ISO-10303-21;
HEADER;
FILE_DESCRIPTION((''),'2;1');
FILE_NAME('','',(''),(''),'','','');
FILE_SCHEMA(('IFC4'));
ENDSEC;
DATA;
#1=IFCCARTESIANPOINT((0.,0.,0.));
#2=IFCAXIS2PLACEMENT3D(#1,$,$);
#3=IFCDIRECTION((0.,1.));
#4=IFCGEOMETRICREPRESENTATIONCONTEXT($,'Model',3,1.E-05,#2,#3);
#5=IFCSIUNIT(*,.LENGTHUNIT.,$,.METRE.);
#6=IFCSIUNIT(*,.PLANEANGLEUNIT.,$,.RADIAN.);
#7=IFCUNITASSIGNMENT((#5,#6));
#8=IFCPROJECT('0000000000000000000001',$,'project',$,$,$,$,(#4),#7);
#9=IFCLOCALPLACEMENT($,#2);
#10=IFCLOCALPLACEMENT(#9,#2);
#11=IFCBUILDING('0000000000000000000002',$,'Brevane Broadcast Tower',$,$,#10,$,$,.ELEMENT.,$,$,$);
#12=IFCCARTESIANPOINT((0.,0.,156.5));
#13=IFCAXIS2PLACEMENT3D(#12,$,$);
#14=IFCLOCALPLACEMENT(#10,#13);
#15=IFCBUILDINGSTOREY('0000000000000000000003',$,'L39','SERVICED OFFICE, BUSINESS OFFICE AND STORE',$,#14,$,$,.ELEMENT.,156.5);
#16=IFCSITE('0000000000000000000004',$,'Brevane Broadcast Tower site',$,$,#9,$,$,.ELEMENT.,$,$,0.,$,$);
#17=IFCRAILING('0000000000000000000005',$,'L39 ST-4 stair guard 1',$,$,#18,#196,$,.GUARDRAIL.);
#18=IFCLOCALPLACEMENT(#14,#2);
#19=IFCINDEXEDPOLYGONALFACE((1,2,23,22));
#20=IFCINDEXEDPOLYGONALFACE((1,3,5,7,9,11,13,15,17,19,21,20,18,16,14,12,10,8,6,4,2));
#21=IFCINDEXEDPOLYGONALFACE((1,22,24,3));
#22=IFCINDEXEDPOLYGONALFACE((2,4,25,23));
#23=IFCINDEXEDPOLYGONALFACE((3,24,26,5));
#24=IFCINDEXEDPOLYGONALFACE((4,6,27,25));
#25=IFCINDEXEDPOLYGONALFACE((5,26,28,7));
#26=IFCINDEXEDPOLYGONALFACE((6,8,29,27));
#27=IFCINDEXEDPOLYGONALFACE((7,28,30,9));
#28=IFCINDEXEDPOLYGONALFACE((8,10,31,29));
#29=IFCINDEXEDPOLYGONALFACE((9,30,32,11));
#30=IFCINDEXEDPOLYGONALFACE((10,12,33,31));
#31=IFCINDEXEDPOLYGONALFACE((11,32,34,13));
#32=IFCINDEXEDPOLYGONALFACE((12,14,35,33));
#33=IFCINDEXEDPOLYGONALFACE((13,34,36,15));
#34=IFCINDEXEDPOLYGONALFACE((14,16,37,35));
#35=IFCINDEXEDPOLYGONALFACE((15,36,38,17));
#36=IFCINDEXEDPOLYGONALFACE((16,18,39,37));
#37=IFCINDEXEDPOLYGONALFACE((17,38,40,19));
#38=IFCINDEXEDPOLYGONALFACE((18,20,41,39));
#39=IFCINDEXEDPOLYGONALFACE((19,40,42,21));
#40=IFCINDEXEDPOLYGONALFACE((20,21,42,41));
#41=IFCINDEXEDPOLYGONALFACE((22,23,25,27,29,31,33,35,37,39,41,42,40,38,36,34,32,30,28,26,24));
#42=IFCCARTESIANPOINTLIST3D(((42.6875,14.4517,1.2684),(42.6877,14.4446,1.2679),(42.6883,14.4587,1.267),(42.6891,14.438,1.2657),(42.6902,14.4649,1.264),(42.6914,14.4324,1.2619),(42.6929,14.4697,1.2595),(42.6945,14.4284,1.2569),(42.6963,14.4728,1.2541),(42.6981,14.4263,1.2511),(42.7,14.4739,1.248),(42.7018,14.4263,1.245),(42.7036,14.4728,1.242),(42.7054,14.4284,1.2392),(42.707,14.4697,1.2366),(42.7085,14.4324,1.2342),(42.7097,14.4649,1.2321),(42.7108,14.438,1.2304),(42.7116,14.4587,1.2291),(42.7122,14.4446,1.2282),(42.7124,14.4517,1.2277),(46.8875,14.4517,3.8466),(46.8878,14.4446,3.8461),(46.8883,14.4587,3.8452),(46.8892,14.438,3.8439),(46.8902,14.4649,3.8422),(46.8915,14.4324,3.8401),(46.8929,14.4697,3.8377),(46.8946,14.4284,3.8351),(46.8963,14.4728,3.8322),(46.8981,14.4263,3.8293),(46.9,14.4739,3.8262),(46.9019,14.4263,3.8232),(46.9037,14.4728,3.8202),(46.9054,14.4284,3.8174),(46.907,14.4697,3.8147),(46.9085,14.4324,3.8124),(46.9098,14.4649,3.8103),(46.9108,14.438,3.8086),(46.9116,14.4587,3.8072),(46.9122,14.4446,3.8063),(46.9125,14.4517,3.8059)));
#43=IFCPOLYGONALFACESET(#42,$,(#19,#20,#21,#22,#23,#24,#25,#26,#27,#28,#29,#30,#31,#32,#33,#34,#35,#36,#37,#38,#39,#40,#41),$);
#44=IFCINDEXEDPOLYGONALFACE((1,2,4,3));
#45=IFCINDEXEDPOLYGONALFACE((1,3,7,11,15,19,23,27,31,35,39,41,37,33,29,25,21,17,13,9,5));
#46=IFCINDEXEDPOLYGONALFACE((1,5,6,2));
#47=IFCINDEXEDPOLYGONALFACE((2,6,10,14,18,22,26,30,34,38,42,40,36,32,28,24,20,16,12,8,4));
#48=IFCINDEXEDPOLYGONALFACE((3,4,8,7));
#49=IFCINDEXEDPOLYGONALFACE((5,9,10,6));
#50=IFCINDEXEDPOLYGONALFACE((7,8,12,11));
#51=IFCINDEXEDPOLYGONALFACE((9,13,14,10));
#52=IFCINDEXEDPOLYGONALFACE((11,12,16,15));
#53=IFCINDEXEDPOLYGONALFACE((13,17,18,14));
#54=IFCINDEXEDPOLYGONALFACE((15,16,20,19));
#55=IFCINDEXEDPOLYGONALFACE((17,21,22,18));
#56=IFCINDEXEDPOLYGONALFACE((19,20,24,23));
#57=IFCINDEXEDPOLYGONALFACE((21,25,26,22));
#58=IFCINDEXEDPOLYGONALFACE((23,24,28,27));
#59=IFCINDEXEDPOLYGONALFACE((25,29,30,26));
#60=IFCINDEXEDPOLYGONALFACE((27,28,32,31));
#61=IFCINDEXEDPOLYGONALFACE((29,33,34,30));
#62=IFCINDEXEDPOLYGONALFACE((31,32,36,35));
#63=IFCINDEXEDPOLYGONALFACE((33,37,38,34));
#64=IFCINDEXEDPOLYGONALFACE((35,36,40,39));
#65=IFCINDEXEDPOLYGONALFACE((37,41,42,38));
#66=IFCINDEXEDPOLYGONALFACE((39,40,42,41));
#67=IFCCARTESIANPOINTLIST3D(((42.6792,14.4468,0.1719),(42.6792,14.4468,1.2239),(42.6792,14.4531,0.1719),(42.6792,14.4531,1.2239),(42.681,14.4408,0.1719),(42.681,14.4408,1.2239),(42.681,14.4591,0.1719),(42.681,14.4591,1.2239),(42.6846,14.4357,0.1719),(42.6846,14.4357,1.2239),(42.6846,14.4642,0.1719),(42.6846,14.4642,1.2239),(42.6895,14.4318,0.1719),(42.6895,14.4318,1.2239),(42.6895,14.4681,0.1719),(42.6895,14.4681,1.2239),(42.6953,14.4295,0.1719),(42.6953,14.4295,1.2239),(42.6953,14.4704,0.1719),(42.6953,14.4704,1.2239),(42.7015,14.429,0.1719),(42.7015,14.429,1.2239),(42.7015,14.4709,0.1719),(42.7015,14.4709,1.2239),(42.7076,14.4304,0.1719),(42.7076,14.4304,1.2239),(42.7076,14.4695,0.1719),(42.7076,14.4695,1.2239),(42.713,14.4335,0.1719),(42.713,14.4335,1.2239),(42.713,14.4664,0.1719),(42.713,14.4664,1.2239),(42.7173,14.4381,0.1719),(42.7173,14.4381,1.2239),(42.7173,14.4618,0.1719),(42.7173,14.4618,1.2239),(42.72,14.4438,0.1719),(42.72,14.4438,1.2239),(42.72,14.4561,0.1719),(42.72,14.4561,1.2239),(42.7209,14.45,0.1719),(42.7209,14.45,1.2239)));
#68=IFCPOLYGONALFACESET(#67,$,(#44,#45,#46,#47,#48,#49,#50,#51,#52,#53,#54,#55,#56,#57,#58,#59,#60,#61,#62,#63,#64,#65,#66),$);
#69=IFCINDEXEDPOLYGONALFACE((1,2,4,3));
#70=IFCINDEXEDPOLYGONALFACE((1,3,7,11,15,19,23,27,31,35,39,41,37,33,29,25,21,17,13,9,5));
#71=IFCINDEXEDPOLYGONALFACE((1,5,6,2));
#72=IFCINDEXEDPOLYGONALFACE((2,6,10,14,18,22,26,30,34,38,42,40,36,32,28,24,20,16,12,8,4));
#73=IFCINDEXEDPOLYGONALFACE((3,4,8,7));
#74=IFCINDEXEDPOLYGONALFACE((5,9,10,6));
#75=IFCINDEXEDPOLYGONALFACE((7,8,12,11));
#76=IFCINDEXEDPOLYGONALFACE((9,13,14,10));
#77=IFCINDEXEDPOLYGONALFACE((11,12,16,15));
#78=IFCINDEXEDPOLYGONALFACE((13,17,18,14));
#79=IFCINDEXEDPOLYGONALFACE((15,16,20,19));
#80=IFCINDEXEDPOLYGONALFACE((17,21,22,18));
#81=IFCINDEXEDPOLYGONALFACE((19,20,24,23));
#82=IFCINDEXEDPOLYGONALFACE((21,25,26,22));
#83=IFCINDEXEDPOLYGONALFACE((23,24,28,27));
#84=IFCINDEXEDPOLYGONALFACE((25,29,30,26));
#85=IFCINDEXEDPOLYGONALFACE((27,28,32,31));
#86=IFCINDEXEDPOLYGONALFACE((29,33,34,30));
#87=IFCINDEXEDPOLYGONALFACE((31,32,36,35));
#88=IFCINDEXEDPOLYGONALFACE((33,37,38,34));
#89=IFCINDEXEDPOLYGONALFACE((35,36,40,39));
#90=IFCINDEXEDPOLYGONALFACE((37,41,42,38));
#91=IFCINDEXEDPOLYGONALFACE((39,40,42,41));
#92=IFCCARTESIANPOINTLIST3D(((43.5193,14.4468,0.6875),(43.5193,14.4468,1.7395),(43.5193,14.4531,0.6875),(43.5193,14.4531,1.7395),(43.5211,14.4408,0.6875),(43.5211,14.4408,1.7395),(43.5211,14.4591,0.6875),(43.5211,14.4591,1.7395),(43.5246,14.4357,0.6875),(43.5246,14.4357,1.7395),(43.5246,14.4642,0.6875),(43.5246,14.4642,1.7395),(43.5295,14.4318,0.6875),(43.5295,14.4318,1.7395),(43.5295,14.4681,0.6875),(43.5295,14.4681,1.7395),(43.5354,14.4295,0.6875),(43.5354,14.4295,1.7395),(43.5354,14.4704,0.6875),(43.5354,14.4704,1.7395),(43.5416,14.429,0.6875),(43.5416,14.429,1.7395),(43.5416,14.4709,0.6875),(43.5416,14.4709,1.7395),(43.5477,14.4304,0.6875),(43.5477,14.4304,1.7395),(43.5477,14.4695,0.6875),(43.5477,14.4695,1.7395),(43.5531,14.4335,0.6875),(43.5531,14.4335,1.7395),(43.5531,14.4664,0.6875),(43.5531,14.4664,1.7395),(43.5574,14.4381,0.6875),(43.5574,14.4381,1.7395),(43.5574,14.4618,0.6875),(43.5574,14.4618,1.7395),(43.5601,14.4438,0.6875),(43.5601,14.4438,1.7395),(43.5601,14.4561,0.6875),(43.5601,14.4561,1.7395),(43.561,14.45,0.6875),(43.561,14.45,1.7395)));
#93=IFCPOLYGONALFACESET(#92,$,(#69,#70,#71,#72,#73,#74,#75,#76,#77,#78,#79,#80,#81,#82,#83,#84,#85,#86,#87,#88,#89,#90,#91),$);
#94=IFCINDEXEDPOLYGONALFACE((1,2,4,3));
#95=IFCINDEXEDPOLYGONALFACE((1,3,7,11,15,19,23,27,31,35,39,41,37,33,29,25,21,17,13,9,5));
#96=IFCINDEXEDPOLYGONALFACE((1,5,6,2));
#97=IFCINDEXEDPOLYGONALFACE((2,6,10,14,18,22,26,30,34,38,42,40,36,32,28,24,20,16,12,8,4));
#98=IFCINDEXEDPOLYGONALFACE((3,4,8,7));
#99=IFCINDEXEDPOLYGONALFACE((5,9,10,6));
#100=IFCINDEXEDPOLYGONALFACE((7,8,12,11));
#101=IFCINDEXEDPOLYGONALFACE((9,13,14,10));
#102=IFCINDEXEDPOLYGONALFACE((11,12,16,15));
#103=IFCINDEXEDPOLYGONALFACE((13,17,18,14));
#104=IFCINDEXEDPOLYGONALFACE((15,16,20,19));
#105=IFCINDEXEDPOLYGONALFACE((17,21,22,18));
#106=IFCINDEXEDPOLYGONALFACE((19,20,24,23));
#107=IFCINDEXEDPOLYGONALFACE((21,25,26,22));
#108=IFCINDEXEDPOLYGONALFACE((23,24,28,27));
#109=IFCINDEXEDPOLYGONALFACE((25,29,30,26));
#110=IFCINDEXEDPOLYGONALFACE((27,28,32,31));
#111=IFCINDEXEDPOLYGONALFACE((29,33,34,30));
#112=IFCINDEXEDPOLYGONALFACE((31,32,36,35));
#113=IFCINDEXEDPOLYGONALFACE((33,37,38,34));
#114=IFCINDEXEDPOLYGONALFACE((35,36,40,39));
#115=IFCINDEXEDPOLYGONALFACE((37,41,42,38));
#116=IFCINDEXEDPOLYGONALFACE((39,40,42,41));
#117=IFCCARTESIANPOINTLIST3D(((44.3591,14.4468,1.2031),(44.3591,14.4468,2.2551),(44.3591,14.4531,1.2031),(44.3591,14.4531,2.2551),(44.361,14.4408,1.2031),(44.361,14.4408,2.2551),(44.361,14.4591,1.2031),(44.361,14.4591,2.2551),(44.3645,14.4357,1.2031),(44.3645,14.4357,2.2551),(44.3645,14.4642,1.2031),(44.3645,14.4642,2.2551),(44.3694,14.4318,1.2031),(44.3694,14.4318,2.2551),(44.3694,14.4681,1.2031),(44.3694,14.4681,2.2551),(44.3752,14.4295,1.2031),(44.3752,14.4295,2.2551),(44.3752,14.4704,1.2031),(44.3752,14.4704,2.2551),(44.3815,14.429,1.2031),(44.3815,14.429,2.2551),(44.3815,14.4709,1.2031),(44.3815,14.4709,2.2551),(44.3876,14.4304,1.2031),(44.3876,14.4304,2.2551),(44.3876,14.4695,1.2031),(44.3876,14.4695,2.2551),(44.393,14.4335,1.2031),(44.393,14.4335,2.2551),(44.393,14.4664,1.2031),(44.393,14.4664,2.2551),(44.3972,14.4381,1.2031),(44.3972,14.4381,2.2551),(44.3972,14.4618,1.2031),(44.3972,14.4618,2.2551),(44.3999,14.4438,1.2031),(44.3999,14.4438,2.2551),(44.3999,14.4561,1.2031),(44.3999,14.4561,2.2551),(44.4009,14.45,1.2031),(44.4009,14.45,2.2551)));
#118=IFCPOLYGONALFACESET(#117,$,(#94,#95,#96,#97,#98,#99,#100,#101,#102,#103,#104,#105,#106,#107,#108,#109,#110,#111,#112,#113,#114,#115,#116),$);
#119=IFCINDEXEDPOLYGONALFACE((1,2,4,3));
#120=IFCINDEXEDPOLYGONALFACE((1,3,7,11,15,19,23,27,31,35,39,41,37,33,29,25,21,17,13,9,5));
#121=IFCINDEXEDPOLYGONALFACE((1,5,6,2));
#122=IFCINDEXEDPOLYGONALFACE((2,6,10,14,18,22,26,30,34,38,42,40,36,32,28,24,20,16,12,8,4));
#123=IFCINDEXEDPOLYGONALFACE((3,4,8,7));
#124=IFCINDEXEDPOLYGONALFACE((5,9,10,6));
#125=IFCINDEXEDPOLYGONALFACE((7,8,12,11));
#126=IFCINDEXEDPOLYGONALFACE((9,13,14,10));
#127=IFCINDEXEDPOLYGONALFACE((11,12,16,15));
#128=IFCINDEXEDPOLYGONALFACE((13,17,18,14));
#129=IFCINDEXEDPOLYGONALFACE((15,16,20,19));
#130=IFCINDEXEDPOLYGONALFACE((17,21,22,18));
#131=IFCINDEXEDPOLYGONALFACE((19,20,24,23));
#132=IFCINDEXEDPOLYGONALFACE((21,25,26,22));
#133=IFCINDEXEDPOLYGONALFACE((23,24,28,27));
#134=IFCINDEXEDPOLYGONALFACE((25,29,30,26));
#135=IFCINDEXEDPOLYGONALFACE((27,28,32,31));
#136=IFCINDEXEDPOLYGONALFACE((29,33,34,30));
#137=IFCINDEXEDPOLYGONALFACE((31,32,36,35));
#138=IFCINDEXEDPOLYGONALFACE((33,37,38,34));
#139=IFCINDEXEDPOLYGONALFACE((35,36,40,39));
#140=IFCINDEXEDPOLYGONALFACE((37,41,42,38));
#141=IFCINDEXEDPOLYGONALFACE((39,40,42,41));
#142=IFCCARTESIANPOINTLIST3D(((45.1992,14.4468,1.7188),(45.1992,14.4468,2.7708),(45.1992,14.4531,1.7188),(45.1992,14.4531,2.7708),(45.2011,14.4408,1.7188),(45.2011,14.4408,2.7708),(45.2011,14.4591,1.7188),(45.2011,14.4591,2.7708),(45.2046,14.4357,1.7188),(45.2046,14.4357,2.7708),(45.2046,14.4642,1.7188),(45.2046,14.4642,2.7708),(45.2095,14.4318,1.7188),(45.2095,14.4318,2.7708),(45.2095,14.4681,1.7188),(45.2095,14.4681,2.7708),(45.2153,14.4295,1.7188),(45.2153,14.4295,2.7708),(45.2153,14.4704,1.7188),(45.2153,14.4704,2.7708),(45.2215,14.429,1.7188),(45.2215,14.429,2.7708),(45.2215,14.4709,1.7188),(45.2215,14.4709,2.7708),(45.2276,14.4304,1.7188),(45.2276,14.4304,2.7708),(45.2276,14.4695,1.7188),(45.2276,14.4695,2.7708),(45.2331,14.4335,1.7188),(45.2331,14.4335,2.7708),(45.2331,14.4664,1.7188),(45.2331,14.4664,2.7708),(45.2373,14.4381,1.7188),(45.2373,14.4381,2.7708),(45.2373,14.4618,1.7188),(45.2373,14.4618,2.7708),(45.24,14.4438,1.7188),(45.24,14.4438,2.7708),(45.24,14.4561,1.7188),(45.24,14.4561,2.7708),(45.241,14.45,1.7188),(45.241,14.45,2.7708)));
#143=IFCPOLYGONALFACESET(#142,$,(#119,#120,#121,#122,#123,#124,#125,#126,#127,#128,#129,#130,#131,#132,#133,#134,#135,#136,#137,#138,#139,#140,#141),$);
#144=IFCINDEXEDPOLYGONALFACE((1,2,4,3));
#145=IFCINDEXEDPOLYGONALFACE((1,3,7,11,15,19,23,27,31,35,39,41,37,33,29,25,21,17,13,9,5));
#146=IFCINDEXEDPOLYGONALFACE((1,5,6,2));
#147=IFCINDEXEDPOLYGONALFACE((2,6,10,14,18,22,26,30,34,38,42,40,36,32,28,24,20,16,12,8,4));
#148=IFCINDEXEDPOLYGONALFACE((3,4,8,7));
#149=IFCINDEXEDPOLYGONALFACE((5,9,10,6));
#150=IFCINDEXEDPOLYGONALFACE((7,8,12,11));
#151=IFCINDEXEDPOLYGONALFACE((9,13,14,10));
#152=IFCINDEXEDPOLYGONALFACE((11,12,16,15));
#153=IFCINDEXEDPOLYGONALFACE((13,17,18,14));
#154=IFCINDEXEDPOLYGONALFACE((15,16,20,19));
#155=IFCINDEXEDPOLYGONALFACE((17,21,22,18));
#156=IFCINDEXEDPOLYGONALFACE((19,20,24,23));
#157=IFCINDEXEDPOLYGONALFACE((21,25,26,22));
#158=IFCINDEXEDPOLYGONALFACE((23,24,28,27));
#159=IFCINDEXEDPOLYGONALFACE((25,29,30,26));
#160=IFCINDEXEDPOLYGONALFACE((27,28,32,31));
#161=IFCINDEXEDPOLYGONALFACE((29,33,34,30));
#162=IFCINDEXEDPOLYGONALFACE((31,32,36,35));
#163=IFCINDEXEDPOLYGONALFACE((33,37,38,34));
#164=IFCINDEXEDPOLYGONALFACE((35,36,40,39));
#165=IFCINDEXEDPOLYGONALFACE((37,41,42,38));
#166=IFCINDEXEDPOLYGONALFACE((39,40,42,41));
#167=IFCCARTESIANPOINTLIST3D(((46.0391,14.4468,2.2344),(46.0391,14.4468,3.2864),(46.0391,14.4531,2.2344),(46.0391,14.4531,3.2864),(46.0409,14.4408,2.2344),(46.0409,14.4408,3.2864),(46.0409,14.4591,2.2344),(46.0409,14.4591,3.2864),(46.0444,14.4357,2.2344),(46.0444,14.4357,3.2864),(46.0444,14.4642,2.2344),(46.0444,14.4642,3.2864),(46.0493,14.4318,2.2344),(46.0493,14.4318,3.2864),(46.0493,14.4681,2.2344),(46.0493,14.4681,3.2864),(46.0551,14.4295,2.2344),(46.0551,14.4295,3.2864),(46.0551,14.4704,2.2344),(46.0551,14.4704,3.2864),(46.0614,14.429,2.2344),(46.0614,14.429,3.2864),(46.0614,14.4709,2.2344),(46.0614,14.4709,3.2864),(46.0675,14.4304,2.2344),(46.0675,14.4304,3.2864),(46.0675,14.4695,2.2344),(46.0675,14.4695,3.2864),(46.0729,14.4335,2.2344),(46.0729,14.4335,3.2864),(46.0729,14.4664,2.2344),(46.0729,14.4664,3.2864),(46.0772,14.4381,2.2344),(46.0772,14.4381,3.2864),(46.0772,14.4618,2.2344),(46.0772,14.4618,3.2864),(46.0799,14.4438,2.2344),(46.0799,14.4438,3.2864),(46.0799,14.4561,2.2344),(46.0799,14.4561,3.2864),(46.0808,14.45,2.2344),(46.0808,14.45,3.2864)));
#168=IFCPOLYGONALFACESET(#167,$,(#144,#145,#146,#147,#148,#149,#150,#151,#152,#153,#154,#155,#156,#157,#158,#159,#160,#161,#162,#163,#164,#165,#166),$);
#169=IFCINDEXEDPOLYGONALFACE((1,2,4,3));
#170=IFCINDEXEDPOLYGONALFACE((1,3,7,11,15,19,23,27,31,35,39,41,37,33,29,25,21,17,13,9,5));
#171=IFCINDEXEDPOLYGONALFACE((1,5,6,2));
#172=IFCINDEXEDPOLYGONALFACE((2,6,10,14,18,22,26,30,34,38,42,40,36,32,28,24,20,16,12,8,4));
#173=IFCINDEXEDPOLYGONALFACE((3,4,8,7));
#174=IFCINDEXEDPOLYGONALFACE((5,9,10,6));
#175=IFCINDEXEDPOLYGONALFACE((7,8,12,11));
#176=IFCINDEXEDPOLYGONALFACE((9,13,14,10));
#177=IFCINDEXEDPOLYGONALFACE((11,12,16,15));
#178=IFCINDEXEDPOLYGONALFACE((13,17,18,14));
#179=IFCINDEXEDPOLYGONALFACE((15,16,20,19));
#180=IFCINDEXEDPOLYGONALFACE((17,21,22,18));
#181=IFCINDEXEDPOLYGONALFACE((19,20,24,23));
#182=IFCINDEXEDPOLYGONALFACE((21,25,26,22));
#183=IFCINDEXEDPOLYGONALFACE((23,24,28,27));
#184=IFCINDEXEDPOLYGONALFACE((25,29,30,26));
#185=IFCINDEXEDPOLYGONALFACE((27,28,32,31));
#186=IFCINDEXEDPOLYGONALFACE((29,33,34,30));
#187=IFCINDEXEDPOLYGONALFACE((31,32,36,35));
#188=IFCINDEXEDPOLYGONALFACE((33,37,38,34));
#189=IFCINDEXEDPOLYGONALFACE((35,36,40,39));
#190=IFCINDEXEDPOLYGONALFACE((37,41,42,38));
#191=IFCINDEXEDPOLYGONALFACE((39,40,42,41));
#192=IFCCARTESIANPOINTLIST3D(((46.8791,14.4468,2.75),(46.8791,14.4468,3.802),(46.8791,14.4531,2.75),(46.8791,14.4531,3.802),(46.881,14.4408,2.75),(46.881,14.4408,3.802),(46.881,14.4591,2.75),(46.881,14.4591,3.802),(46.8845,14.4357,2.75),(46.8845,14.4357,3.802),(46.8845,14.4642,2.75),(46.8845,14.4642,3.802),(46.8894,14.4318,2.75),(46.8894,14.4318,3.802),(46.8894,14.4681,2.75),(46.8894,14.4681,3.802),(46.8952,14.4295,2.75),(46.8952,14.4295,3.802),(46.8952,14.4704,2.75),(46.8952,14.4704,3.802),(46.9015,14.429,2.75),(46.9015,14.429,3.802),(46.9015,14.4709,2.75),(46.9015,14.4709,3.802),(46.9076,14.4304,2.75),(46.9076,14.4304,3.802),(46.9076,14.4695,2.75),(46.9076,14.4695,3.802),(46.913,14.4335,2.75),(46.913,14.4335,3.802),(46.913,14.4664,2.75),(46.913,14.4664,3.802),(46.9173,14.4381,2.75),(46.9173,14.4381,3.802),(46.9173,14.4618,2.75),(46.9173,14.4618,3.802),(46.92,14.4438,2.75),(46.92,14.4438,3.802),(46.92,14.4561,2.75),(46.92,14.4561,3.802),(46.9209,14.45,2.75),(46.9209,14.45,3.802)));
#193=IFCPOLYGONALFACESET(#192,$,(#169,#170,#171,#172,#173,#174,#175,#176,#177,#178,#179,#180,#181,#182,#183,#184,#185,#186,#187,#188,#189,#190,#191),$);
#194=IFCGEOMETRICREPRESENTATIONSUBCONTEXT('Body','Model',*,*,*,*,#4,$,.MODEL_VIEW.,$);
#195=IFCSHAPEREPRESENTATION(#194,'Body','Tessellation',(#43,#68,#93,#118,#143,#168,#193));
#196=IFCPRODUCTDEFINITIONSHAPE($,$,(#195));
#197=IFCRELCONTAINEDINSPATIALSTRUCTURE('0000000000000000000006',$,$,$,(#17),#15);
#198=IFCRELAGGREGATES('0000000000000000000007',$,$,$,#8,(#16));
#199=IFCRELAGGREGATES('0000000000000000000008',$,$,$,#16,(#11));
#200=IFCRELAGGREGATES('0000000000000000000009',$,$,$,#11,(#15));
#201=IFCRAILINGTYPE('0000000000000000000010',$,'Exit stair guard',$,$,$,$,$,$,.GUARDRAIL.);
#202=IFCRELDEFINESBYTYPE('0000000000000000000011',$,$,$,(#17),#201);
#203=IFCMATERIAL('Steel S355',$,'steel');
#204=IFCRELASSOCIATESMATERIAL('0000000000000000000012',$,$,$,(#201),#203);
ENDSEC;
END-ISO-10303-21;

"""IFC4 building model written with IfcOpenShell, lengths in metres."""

from ifc_helpers import new_model, si_unit, direction, frame, origin, origin_2d, place, context, subcontext, project, spatial, circle, extrude, material, type_object, element, save


model = new_model("IFC4")

# Units and contexts
model_context = context("Model", 3, precision=1e-05, world=origin(), true_north=direction((0.0, 1.0)))
body_context = subcontext(model_context, "Body", "Model", "MODEL_VIEW")
ifc_project = project(units=[si_unit("LENGTHUNIT", "METRE"), si_unit("PLANEANGLEUNIT", "RADIAN")], contexts=[model_context])

# Site, building, storey
site_placement = place(None, origin())
site = spatial("IfcSite", under=ifc_project, at=site_placement, Name="Brevane Broadcast Tower site", CompositionType="ELEMENT", RefElevation=0.0)
building_placement = place(site_placement, origin())
building = spatial("IfcBuilding", under=site, at=building_placement, Name="Brevane Broadcast Tower", CompositionType="ELEMENT")
storey_placement = place(building_placement, frame((0.0, 0.0, 156.5)))
storey = spatial("IfcBuildingStorey", under=building, at=storey_placement, Name="L39", Description="SERVICED OFFICE, BUSINESS OFFICE AND STORE", CompositionType="ELEMENT", Elevation=156.5)

# Railing
ifc_material_1 = material(Name="Steel S355", Category="steel")
railing_type_1 = type_object("IfcRailingType", Name="Exit stair guard", PredefinedType="GUARDRAIL", material=ifc_material_1)
railing_1_placement = place(storey_placement, frame((42.7, 14.45, 0.1719)))
element("IfcRailing", 1, at=railing_1_placement, inside=storey, type_object=railing_type_1, Name="L39 ST-4 stair guard 1", PredefinedType="GUARDRAIL", context=body_context, shape_type="SweptSolid", body=[
    extrude(circle(Radius=0.0239, at=origin_2d()), frame((0.0, 0.0, 1.0762), z_axis=(0.852243, 0.0, 0.523146), x_axis=(0.0, 1.0, 0.0)), (0.0, 0.0, 1.0), 4.9282),
    extrude(circle(Radius=0.021, at=origin_2d()), origin(), (0.0, 0.0, 1.0), 1.052),
    extrude(circle(Radius=0.021, at=origin_2d()), frame((0.8401, 0.0, 0.5156)), (0.0, 0.0, 1.0), 1.052),
    extrude(circle(Radius=0.021, at=origin_2d()), frame((1.6799, 0.0, 1.0312)), (0.0, 0.0, 1.0), 1.052),
    extrude(circle(Radius=0.021, at=origin_2d()), frame((2.52, 0.0, 1.5469)), (0.0, 0.0, 1.0), 1.052),
    extrude(circle(Radius=0.021, at=origin_2d()), frame((3.3599, 0.0, 2.0625)), (0.0, 0.0, 1.0), 1.052),
    extrude(circle(Radius=0.021, at=origin_2d()), frame((4.2, 0.0, 2.5781)), (0.0, 0.0, 1.0), 1.052),
])

save(model, "model.ifc")
